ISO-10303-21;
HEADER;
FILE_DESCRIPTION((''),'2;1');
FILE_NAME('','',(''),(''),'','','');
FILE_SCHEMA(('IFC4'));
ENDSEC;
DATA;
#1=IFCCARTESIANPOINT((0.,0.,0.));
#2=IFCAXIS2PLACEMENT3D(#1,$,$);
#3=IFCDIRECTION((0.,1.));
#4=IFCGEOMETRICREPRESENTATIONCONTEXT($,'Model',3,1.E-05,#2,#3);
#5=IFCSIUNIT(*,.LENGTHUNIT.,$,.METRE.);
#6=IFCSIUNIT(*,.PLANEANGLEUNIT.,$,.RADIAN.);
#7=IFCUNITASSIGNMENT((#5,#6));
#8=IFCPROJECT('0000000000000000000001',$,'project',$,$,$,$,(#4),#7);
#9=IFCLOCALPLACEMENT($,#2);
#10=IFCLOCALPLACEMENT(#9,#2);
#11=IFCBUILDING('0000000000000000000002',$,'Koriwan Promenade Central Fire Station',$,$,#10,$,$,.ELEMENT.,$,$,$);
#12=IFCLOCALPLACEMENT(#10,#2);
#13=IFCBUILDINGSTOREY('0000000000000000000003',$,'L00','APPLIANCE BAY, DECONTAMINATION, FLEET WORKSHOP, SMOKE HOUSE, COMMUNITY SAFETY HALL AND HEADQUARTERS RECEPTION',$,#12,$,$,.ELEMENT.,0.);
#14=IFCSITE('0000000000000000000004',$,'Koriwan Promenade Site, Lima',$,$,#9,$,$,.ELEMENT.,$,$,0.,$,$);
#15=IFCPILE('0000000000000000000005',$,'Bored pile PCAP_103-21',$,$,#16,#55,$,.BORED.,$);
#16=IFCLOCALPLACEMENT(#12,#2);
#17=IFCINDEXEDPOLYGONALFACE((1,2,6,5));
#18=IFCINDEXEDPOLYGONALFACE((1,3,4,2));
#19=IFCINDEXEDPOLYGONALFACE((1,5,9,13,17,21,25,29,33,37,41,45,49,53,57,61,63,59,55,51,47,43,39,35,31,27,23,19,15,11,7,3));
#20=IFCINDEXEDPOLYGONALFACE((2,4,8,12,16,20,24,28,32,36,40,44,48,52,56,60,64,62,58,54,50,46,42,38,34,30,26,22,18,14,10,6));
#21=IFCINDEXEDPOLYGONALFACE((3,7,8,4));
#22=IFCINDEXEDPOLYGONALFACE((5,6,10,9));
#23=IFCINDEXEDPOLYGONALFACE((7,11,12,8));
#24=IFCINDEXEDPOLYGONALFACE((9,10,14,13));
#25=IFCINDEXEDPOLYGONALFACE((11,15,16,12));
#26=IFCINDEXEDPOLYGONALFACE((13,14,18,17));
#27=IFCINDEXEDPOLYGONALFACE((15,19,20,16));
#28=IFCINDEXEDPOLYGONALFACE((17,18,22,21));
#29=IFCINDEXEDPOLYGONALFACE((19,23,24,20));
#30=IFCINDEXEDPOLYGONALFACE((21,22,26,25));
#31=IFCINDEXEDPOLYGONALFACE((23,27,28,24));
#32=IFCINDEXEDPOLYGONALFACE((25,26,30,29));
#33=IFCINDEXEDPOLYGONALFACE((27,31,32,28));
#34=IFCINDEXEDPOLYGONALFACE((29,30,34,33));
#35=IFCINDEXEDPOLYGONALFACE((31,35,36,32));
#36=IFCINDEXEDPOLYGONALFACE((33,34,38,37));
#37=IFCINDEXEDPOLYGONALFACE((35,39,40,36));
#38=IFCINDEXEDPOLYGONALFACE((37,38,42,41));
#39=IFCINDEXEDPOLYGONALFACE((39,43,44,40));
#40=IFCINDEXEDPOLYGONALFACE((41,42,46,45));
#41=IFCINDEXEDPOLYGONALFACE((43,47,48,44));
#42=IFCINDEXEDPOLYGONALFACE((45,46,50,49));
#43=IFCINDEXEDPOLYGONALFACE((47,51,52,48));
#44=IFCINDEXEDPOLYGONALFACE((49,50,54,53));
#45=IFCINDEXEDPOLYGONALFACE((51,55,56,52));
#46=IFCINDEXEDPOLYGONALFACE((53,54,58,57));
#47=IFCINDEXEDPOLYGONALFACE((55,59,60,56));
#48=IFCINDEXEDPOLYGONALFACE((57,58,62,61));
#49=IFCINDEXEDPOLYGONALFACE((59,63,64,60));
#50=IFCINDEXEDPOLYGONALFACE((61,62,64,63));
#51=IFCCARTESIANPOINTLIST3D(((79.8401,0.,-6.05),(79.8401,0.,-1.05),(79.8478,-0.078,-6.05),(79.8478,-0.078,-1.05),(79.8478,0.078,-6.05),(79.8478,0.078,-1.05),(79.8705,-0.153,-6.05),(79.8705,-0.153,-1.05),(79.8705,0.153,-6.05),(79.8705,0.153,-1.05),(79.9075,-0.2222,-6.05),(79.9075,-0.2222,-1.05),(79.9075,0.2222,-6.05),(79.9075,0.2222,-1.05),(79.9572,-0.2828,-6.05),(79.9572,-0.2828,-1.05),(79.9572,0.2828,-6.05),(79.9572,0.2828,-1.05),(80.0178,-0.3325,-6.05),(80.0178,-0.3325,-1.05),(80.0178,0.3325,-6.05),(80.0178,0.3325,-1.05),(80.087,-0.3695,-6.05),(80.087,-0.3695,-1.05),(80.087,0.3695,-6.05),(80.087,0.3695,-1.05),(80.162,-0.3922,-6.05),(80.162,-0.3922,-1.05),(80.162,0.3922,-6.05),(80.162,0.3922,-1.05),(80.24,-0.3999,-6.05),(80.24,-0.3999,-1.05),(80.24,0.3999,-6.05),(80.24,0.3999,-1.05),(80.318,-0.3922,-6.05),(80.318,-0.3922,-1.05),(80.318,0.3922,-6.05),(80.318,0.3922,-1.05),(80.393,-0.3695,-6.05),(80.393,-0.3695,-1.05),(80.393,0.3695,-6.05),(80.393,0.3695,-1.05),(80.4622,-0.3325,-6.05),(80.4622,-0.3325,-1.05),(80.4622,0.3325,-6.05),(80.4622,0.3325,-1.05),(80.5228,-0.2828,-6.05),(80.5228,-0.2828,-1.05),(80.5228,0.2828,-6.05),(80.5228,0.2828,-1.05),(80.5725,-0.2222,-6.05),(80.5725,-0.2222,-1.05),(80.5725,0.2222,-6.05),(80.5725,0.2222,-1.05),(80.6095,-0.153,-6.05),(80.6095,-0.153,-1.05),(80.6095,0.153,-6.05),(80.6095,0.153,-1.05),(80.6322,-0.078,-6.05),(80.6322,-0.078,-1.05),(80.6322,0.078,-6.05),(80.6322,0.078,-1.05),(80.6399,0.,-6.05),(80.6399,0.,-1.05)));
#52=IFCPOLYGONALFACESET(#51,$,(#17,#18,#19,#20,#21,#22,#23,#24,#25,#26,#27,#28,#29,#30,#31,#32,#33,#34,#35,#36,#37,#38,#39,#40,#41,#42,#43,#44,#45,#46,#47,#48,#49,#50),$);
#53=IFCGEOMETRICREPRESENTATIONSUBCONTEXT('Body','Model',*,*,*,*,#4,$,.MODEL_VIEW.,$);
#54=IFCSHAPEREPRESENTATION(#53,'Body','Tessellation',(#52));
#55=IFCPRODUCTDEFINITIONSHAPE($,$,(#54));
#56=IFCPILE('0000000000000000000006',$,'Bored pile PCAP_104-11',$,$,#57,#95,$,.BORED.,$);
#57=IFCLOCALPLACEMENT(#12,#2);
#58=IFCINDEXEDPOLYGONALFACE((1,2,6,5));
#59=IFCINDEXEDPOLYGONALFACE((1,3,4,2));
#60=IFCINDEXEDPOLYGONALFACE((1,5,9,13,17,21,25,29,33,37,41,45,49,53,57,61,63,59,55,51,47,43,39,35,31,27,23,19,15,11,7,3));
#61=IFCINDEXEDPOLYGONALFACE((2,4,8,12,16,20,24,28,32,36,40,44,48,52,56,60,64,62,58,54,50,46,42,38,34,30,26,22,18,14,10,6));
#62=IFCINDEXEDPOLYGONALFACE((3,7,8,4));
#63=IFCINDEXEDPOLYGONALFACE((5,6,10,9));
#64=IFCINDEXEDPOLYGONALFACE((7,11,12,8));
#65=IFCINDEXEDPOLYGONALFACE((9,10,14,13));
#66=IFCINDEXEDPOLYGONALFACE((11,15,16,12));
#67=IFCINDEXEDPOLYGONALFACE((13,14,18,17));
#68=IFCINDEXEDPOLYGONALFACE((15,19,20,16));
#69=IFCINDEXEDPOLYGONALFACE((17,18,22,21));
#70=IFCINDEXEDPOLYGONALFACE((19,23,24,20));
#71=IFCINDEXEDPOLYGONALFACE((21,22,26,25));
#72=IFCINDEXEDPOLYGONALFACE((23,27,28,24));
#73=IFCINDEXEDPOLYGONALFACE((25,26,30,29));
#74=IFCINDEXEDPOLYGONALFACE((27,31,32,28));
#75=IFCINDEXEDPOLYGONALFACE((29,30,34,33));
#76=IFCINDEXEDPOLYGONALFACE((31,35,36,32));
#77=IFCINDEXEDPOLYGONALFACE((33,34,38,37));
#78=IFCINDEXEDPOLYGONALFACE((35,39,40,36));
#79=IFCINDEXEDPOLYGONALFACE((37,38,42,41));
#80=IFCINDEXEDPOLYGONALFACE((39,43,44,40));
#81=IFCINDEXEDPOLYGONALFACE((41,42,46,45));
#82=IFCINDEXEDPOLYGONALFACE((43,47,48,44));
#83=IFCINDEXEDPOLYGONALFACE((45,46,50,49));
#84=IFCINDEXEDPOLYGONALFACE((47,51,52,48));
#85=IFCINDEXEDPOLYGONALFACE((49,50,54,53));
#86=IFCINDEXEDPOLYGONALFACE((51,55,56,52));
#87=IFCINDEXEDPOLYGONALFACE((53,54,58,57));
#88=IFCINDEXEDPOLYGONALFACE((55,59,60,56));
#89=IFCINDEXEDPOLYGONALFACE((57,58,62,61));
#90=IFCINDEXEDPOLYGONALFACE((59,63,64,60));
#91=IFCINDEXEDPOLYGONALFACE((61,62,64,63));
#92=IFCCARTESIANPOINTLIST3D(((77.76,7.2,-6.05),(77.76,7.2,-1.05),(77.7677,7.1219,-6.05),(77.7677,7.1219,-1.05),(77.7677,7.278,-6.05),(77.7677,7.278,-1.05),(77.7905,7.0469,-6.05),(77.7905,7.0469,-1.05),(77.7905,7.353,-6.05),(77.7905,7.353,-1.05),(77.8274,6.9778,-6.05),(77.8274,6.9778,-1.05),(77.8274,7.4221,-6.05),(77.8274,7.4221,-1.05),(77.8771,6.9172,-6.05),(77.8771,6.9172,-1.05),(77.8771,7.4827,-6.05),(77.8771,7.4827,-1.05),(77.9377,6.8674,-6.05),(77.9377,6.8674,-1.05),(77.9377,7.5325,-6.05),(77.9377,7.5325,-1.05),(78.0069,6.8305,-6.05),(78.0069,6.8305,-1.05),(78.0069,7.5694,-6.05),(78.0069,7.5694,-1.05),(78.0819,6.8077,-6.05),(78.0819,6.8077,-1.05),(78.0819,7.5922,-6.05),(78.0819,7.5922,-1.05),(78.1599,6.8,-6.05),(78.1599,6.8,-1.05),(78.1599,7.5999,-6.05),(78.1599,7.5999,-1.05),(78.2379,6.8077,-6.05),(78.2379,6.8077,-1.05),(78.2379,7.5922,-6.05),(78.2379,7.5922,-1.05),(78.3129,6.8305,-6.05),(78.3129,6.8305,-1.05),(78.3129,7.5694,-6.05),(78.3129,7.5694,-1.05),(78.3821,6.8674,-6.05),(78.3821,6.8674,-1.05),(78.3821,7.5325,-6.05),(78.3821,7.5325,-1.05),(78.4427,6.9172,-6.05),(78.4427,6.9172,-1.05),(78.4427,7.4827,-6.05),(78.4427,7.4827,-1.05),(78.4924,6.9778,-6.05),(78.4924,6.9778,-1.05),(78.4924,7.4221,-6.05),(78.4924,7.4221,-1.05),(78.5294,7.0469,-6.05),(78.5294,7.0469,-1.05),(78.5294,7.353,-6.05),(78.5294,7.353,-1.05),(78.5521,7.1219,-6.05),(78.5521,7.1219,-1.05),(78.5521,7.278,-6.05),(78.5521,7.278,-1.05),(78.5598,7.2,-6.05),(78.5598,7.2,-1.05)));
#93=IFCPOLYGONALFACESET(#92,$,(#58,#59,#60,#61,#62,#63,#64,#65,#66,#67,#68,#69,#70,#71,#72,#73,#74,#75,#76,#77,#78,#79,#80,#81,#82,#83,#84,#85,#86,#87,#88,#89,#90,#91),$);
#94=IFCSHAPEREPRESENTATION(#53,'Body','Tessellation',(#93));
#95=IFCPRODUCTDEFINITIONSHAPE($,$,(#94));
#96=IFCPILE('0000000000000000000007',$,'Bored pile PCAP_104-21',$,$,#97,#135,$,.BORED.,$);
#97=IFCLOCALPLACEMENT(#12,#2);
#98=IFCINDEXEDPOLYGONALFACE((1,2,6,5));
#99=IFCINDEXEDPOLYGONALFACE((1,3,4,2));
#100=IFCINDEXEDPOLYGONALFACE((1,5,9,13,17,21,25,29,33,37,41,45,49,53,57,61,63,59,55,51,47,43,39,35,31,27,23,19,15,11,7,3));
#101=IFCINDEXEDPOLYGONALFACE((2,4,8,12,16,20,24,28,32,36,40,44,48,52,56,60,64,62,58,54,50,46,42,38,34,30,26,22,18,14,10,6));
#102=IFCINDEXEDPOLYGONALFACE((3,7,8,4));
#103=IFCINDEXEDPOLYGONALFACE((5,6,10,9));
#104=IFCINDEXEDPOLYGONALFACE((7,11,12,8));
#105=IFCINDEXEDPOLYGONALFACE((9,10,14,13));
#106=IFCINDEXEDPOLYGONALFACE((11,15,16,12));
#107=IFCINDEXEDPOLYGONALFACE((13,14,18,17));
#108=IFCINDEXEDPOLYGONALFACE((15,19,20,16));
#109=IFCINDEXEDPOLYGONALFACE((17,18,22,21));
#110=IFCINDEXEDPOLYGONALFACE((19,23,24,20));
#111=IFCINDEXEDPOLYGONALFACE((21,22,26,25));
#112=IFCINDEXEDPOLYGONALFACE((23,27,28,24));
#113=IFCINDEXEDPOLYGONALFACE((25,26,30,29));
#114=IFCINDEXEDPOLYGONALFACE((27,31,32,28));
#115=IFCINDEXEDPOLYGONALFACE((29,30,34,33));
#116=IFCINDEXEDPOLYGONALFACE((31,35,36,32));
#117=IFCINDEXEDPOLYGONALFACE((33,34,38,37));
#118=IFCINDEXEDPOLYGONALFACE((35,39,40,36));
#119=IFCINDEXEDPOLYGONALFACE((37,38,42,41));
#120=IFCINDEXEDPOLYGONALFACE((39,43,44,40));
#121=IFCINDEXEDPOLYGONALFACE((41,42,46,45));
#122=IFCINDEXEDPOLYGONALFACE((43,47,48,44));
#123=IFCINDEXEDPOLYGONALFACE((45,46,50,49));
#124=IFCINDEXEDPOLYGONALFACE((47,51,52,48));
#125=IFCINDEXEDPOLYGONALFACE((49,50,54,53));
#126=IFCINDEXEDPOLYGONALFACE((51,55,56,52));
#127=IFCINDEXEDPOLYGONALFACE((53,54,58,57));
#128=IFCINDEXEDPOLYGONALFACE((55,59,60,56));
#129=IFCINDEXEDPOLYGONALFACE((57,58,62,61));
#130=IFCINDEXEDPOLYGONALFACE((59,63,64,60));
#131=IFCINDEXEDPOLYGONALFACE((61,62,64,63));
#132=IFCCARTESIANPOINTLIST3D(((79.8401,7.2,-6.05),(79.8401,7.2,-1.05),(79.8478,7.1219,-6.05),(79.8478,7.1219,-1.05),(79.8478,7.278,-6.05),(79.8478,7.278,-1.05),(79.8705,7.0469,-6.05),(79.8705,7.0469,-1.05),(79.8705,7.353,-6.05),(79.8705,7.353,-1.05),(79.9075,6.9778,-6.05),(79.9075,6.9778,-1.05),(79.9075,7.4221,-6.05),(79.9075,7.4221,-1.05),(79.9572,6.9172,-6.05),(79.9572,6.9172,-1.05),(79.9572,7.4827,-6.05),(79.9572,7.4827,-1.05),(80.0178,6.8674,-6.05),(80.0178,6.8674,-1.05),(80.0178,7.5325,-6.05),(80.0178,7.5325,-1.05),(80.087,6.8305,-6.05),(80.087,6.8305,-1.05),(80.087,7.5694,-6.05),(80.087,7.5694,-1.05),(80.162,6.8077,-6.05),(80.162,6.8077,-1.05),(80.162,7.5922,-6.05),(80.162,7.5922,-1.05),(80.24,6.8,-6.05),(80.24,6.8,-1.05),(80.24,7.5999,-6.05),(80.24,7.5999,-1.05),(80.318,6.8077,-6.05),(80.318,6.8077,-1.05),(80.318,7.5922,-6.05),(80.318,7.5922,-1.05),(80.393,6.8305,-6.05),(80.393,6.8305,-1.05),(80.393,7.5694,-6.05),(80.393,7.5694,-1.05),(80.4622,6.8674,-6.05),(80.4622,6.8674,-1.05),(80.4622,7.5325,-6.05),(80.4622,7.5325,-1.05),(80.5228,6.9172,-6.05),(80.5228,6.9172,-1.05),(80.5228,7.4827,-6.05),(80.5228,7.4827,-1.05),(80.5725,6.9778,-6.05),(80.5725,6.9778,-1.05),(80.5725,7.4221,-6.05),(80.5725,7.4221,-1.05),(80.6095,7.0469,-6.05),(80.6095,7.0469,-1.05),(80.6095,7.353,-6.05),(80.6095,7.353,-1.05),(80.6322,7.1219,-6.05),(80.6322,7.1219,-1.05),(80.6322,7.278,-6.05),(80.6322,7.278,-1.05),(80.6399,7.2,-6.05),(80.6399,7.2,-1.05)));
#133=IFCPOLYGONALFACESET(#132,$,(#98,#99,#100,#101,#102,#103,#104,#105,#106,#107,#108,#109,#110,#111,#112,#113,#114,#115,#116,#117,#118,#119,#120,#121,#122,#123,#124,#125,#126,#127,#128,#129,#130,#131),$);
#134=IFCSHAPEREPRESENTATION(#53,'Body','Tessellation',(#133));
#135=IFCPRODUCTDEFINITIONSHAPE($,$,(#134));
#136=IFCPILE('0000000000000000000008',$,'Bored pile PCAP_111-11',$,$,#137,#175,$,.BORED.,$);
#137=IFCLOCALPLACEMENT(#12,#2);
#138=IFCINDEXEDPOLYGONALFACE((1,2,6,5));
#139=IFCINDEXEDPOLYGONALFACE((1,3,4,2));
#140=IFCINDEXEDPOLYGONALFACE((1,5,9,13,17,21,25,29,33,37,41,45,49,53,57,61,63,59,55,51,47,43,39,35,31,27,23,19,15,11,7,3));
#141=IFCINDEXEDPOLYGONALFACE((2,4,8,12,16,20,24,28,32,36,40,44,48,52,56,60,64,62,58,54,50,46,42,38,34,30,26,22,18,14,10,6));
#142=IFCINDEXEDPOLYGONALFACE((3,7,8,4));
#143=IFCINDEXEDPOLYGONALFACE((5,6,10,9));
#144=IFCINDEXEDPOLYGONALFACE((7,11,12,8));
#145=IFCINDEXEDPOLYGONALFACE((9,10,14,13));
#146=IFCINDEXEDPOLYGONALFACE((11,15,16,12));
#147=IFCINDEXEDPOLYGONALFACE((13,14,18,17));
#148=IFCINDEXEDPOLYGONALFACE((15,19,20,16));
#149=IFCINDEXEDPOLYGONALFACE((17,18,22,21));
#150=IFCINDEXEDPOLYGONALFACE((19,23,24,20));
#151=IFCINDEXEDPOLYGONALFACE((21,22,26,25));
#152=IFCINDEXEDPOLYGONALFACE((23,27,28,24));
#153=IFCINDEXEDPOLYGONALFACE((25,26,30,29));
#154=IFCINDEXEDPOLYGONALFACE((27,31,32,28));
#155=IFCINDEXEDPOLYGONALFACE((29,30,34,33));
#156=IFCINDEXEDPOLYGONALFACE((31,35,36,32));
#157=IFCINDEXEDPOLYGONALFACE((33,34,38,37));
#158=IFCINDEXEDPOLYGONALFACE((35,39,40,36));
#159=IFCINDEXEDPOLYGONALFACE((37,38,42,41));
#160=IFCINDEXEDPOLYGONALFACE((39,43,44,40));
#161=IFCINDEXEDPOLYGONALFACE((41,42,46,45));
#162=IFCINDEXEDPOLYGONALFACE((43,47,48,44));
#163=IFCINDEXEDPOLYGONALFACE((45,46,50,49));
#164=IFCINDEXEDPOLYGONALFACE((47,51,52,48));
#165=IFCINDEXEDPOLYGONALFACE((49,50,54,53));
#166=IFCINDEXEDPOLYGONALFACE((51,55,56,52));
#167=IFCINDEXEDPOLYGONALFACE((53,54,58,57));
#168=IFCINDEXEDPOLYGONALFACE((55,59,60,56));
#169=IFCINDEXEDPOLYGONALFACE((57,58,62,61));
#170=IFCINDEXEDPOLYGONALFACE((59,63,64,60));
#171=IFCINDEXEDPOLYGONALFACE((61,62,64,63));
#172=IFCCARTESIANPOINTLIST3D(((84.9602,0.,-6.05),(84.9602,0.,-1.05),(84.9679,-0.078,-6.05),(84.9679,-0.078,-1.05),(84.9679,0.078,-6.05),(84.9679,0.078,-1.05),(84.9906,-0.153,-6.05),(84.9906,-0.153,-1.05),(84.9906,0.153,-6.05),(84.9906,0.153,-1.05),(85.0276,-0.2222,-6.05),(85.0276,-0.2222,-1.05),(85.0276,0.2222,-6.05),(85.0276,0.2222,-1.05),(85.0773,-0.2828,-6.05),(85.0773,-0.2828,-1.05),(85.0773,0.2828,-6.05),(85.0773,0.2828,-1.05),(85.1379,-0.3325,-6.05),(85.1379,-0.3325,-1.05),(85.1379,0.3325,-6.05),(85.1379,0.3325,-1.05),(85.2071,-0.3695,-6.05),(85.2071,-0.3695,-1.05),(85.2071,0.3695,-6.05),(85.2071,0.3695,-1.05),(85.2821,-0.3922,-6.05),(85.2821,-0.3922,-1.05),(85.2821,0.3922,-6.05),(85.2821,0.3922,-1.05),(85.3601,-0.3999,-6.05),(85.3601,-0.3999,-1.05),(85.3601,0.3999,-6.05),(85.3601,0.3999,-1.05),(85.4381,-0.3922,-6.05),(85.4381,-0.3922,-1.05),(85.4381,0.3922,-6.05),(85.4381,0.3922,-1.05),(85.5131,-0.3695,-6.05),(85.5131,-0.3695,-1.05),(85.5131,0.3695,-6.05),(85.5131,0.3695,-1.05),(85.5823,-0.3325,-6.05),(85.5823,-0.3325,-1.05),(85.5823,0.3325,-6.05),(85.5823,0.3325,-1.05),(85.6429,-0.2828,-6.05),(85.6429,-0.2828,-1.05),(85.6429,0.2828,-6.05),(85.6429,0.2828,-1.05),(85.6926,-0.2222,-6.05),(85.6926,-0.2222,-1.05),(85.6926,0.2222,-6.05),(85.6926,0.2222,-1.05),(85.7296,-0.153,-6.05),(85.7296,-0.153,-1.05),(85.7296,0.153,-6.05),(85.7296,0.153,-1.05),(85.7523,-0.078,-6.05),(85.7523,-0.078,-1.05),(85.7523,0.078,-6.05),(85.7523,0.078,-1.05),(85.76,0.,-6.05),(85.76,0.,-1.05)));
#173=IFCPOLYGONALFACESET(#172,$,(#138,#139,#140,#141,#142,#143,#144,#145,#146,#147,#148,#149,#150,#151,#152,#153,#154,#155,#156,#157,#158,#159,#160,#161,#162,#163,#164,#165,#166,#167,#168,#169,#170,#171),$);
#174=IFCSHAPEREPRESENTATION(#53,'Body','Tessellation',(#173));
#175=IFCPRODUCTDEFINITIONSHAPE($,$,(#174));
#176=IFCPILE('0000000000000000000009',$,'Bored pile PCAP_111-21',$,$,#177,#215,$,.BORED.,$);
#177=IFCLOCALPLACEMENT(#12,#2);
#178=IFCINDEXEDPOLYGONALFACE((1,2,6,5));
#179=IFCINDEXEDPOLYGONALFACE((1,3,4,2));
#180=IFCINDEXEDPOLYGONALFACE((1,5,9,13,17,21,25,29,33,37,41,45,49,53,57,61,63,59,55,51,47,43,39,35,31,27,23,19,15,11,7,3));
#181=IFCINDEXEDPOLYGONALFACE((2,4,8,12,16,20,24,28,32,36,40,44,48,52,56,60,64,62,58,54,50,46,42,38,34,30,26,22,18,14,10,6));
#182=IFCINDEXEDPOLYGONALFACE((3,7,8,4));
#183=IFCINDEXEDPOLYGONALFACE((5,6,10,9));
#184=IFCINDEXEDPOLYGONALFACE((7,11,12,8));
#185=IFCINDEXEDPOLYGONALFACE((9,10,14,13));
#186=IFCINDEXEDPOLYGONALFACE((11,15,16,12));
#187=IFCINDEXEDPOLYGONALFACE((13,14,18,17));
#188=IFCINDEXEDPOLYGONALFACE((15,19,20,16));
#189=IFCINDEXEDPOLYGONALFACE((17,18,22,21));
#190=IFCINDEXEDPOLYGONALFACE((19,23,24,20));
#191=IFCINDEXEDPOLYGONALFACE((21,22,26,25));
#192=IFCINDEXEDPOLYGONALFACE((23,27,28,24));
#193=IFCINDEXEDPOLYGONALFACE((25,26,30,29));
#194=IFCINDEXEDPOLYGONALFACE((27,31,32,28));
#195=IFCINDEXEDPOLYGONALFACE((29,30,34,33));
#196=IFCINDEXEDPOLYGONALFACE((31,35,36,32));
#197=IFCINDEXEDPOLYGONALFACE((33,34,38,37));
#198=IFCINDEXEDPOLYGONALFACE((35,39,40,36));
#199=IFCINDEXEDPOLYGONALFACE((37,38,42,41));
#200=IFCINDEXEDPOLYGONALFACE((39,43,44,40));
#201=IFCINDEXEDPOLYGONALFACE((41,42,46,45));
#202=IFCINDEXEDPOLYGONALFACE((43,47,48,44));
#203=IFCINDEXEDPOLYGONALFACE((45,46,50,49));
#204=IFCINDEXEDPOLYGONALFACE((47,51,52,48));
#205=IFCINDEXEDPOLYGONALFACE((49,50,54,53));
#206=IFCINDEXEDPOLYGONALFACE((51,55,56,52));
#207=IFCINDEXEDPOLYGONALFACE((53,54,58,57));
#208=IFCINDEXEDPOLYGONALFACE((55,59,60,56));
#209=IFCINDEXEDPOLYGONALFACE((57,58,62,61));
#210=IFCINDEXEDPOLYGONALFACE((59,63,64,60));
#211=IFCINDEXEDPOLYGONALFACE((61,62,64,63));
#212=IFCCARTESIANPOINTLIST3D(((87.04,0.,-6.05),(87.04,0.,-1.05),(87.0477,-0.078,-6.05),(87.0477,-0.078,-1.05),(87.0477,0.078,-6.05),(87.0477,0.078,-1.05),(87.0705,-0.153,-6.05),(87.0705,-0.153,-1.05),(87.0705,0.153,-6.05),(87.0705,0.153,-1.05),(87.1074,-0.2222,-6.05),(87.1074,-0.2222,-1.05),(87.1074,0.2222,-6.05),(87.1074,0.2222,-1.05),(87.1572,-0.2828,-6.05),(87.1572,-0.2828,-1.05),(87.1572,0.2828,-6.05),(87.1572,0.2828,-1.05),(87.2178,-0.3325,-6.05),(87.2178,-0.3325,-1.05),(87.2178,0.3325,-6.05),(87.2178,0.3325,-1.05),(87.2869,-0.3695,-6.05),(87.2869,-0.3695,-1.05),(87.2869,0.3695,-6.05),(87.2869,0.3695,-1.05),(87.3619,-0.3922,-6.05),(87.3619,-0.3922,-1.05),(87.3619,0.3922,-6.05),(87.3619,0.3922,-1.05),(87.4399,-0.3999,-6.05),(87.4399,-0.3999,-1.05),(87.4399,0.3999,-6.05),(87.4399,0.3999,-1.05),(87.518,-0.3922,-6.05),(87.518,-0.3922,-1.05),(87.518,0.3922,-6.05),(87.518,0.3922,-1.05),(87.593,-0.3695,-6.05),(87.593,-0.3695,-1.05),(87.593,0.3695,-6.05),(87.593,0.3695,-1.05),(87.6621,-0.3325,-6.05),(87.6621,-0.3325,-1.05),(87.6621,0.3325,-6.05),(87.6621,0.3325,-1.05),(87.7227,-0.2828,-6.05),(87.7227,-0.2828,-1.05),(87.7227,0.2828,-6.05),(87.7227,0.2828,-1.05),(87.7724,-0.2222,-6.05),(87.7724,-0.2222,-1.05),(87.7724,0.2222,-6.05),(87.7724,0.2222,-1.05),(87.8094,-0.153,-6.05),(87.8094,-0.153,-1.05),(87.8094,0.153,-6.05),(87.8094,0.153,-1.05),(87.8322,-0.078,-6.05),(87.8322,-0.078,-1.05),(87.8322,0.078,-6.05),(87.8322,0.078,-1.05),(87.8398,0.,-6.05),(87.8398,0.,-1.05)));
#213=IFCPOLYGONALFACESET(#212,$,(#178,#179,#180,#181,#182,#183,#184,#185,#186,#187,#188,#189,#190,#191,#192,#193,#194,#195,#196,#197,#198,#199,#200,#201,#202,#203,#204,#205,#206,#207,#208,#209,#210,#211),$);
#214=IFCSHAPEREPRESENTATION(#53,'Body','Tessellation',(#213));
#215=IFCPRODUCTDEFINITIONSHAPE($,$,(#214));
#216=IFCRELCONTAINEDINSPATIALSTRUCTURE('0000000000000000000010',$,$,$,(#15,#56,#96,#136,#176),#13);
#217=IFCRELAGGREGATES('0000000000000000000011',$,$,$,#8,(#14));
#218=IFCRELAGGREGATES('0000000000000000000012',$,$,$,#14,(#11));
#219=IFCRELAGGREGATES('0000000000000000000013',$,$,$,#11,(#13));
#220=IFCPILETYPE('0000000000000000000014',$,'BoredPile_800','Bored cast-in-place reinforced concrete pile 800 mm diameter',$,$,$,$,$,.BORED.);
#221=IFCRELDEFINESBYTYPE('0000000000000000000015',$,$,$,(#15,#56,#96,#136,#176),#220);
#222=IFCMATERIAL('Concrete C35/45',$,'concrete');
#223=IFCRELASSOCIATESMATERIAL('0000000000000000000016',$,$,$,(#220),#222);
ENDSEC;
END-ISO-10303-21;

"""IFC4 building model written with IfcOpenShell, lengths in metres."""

from ifc_helpers import new_model, si_unit, direction, frame, origin, origin_2d, place, context, subcontext, project, spatial, circle, extrude, material, material_profile, profile_set, type_object, element, save


model = new_model("IFC4")

# Units and contexts
model_context = context("Model", 3, precision=1e-05, world=origin(), true_north=direction((0.0, 1.0)))
body_context = subcontext(model_context, "Body", "Model", "MODEL_VIEW")
ifc_project = project(units=[si_unit("LENGTHUNIT", "METRE"), si_unit("PLANEANGLEUNIT", "RADIAN")], contexts=[model_context])

# Site, building, storey
site_placement = place(None, origin())
site = spatial("IfcSite", under=ifc_project, at=site_placement, Name="Koriwan Promenade Site, Lima", CompositionType="ELEMENT", RefElevation=0.0)
building_placement = place(site_placement, origin())
building = spatial("IfcBuilding", under=site, at=building_placement, Name="Koriwan Promenade Central Fire Station", CompositionType="ELEMENT")
storey_placement = place(building_placement, origin())
storey = spatial("IfcBuildingStorey", under=building, at=storey_placement, Name="L00", Description="APPLIANCE BAY, DECONTAMINATION, FLEET WORKSHOP, SMOKE HOUSE, COMMUNITY SAFETY HALL AND HEADQUARTERS RECEPTION", CompositionType="ELEMENT", Elevation=0.0)

# Piles
ifc_material_1 = material(Name="Concrete C35/45", Category="concrete")
ifc_material_profile_1 = material_profile(ifc_material_1, circle(Radius=0.3999, at=origin_2d()), Name="PILE-D800")
ifc_profile_set_1 = profile_set([ifc_material_profile_1], Name="Concrete C35/45")
pile_type = type_object("IfcPileType", Name="BoredPile_800", Description="Bored cast-in-place reinforced concrete pile 800 mm diameter", PredefinedType="BORED", material=ifc_profile_set_1)
for number, where, z_axis, x_axis, name in (
    (1, (80.24, 0.0, -1.05), (0.0, 0.0, -1.0), (1.0, 0.0, 0.0), "Bored pile PCAP_103-21"),
    (2, (78.1599, 7.2, -1.05), (0.0, 0.0, -1.0), (1.0, 0.0, 0.0), "Bored pile PCAP_104-11"),
    (3, (80.24, 7.2, -1.05), (0.0, 0.0, -1.0), (1.0, 0.0, 0.0), "Bored pile PCAP_104-21"),
    (4, (85.3601, 0.0, -1.05), (0.0, 0.0, -1.0), (1.0, 0.0, 0.0), "Bored pile PCAP_111-11"),
    (5, (87.4399, 0.0, -1.05), (0.0, 0.0, -1.0), (1.0, 0.0, 0.0), "Bored pile PCAP_111-21"),
):
    element("IfcPile", number, at=place(storey_placement, frame(where, z_axis=z_axis, x_axis=x_axis)), inside=storey, type_object=pile_type, Name=name, PredefinedType="BORED", context=body_context, shape_type="SweptSolid", body=[
        extrude(circle(Radius=0.3999, at=origin_2d()), origin(), (0.0, 0.0, 1.0), 5.0),
    ])

save(model, "model.ifc")
